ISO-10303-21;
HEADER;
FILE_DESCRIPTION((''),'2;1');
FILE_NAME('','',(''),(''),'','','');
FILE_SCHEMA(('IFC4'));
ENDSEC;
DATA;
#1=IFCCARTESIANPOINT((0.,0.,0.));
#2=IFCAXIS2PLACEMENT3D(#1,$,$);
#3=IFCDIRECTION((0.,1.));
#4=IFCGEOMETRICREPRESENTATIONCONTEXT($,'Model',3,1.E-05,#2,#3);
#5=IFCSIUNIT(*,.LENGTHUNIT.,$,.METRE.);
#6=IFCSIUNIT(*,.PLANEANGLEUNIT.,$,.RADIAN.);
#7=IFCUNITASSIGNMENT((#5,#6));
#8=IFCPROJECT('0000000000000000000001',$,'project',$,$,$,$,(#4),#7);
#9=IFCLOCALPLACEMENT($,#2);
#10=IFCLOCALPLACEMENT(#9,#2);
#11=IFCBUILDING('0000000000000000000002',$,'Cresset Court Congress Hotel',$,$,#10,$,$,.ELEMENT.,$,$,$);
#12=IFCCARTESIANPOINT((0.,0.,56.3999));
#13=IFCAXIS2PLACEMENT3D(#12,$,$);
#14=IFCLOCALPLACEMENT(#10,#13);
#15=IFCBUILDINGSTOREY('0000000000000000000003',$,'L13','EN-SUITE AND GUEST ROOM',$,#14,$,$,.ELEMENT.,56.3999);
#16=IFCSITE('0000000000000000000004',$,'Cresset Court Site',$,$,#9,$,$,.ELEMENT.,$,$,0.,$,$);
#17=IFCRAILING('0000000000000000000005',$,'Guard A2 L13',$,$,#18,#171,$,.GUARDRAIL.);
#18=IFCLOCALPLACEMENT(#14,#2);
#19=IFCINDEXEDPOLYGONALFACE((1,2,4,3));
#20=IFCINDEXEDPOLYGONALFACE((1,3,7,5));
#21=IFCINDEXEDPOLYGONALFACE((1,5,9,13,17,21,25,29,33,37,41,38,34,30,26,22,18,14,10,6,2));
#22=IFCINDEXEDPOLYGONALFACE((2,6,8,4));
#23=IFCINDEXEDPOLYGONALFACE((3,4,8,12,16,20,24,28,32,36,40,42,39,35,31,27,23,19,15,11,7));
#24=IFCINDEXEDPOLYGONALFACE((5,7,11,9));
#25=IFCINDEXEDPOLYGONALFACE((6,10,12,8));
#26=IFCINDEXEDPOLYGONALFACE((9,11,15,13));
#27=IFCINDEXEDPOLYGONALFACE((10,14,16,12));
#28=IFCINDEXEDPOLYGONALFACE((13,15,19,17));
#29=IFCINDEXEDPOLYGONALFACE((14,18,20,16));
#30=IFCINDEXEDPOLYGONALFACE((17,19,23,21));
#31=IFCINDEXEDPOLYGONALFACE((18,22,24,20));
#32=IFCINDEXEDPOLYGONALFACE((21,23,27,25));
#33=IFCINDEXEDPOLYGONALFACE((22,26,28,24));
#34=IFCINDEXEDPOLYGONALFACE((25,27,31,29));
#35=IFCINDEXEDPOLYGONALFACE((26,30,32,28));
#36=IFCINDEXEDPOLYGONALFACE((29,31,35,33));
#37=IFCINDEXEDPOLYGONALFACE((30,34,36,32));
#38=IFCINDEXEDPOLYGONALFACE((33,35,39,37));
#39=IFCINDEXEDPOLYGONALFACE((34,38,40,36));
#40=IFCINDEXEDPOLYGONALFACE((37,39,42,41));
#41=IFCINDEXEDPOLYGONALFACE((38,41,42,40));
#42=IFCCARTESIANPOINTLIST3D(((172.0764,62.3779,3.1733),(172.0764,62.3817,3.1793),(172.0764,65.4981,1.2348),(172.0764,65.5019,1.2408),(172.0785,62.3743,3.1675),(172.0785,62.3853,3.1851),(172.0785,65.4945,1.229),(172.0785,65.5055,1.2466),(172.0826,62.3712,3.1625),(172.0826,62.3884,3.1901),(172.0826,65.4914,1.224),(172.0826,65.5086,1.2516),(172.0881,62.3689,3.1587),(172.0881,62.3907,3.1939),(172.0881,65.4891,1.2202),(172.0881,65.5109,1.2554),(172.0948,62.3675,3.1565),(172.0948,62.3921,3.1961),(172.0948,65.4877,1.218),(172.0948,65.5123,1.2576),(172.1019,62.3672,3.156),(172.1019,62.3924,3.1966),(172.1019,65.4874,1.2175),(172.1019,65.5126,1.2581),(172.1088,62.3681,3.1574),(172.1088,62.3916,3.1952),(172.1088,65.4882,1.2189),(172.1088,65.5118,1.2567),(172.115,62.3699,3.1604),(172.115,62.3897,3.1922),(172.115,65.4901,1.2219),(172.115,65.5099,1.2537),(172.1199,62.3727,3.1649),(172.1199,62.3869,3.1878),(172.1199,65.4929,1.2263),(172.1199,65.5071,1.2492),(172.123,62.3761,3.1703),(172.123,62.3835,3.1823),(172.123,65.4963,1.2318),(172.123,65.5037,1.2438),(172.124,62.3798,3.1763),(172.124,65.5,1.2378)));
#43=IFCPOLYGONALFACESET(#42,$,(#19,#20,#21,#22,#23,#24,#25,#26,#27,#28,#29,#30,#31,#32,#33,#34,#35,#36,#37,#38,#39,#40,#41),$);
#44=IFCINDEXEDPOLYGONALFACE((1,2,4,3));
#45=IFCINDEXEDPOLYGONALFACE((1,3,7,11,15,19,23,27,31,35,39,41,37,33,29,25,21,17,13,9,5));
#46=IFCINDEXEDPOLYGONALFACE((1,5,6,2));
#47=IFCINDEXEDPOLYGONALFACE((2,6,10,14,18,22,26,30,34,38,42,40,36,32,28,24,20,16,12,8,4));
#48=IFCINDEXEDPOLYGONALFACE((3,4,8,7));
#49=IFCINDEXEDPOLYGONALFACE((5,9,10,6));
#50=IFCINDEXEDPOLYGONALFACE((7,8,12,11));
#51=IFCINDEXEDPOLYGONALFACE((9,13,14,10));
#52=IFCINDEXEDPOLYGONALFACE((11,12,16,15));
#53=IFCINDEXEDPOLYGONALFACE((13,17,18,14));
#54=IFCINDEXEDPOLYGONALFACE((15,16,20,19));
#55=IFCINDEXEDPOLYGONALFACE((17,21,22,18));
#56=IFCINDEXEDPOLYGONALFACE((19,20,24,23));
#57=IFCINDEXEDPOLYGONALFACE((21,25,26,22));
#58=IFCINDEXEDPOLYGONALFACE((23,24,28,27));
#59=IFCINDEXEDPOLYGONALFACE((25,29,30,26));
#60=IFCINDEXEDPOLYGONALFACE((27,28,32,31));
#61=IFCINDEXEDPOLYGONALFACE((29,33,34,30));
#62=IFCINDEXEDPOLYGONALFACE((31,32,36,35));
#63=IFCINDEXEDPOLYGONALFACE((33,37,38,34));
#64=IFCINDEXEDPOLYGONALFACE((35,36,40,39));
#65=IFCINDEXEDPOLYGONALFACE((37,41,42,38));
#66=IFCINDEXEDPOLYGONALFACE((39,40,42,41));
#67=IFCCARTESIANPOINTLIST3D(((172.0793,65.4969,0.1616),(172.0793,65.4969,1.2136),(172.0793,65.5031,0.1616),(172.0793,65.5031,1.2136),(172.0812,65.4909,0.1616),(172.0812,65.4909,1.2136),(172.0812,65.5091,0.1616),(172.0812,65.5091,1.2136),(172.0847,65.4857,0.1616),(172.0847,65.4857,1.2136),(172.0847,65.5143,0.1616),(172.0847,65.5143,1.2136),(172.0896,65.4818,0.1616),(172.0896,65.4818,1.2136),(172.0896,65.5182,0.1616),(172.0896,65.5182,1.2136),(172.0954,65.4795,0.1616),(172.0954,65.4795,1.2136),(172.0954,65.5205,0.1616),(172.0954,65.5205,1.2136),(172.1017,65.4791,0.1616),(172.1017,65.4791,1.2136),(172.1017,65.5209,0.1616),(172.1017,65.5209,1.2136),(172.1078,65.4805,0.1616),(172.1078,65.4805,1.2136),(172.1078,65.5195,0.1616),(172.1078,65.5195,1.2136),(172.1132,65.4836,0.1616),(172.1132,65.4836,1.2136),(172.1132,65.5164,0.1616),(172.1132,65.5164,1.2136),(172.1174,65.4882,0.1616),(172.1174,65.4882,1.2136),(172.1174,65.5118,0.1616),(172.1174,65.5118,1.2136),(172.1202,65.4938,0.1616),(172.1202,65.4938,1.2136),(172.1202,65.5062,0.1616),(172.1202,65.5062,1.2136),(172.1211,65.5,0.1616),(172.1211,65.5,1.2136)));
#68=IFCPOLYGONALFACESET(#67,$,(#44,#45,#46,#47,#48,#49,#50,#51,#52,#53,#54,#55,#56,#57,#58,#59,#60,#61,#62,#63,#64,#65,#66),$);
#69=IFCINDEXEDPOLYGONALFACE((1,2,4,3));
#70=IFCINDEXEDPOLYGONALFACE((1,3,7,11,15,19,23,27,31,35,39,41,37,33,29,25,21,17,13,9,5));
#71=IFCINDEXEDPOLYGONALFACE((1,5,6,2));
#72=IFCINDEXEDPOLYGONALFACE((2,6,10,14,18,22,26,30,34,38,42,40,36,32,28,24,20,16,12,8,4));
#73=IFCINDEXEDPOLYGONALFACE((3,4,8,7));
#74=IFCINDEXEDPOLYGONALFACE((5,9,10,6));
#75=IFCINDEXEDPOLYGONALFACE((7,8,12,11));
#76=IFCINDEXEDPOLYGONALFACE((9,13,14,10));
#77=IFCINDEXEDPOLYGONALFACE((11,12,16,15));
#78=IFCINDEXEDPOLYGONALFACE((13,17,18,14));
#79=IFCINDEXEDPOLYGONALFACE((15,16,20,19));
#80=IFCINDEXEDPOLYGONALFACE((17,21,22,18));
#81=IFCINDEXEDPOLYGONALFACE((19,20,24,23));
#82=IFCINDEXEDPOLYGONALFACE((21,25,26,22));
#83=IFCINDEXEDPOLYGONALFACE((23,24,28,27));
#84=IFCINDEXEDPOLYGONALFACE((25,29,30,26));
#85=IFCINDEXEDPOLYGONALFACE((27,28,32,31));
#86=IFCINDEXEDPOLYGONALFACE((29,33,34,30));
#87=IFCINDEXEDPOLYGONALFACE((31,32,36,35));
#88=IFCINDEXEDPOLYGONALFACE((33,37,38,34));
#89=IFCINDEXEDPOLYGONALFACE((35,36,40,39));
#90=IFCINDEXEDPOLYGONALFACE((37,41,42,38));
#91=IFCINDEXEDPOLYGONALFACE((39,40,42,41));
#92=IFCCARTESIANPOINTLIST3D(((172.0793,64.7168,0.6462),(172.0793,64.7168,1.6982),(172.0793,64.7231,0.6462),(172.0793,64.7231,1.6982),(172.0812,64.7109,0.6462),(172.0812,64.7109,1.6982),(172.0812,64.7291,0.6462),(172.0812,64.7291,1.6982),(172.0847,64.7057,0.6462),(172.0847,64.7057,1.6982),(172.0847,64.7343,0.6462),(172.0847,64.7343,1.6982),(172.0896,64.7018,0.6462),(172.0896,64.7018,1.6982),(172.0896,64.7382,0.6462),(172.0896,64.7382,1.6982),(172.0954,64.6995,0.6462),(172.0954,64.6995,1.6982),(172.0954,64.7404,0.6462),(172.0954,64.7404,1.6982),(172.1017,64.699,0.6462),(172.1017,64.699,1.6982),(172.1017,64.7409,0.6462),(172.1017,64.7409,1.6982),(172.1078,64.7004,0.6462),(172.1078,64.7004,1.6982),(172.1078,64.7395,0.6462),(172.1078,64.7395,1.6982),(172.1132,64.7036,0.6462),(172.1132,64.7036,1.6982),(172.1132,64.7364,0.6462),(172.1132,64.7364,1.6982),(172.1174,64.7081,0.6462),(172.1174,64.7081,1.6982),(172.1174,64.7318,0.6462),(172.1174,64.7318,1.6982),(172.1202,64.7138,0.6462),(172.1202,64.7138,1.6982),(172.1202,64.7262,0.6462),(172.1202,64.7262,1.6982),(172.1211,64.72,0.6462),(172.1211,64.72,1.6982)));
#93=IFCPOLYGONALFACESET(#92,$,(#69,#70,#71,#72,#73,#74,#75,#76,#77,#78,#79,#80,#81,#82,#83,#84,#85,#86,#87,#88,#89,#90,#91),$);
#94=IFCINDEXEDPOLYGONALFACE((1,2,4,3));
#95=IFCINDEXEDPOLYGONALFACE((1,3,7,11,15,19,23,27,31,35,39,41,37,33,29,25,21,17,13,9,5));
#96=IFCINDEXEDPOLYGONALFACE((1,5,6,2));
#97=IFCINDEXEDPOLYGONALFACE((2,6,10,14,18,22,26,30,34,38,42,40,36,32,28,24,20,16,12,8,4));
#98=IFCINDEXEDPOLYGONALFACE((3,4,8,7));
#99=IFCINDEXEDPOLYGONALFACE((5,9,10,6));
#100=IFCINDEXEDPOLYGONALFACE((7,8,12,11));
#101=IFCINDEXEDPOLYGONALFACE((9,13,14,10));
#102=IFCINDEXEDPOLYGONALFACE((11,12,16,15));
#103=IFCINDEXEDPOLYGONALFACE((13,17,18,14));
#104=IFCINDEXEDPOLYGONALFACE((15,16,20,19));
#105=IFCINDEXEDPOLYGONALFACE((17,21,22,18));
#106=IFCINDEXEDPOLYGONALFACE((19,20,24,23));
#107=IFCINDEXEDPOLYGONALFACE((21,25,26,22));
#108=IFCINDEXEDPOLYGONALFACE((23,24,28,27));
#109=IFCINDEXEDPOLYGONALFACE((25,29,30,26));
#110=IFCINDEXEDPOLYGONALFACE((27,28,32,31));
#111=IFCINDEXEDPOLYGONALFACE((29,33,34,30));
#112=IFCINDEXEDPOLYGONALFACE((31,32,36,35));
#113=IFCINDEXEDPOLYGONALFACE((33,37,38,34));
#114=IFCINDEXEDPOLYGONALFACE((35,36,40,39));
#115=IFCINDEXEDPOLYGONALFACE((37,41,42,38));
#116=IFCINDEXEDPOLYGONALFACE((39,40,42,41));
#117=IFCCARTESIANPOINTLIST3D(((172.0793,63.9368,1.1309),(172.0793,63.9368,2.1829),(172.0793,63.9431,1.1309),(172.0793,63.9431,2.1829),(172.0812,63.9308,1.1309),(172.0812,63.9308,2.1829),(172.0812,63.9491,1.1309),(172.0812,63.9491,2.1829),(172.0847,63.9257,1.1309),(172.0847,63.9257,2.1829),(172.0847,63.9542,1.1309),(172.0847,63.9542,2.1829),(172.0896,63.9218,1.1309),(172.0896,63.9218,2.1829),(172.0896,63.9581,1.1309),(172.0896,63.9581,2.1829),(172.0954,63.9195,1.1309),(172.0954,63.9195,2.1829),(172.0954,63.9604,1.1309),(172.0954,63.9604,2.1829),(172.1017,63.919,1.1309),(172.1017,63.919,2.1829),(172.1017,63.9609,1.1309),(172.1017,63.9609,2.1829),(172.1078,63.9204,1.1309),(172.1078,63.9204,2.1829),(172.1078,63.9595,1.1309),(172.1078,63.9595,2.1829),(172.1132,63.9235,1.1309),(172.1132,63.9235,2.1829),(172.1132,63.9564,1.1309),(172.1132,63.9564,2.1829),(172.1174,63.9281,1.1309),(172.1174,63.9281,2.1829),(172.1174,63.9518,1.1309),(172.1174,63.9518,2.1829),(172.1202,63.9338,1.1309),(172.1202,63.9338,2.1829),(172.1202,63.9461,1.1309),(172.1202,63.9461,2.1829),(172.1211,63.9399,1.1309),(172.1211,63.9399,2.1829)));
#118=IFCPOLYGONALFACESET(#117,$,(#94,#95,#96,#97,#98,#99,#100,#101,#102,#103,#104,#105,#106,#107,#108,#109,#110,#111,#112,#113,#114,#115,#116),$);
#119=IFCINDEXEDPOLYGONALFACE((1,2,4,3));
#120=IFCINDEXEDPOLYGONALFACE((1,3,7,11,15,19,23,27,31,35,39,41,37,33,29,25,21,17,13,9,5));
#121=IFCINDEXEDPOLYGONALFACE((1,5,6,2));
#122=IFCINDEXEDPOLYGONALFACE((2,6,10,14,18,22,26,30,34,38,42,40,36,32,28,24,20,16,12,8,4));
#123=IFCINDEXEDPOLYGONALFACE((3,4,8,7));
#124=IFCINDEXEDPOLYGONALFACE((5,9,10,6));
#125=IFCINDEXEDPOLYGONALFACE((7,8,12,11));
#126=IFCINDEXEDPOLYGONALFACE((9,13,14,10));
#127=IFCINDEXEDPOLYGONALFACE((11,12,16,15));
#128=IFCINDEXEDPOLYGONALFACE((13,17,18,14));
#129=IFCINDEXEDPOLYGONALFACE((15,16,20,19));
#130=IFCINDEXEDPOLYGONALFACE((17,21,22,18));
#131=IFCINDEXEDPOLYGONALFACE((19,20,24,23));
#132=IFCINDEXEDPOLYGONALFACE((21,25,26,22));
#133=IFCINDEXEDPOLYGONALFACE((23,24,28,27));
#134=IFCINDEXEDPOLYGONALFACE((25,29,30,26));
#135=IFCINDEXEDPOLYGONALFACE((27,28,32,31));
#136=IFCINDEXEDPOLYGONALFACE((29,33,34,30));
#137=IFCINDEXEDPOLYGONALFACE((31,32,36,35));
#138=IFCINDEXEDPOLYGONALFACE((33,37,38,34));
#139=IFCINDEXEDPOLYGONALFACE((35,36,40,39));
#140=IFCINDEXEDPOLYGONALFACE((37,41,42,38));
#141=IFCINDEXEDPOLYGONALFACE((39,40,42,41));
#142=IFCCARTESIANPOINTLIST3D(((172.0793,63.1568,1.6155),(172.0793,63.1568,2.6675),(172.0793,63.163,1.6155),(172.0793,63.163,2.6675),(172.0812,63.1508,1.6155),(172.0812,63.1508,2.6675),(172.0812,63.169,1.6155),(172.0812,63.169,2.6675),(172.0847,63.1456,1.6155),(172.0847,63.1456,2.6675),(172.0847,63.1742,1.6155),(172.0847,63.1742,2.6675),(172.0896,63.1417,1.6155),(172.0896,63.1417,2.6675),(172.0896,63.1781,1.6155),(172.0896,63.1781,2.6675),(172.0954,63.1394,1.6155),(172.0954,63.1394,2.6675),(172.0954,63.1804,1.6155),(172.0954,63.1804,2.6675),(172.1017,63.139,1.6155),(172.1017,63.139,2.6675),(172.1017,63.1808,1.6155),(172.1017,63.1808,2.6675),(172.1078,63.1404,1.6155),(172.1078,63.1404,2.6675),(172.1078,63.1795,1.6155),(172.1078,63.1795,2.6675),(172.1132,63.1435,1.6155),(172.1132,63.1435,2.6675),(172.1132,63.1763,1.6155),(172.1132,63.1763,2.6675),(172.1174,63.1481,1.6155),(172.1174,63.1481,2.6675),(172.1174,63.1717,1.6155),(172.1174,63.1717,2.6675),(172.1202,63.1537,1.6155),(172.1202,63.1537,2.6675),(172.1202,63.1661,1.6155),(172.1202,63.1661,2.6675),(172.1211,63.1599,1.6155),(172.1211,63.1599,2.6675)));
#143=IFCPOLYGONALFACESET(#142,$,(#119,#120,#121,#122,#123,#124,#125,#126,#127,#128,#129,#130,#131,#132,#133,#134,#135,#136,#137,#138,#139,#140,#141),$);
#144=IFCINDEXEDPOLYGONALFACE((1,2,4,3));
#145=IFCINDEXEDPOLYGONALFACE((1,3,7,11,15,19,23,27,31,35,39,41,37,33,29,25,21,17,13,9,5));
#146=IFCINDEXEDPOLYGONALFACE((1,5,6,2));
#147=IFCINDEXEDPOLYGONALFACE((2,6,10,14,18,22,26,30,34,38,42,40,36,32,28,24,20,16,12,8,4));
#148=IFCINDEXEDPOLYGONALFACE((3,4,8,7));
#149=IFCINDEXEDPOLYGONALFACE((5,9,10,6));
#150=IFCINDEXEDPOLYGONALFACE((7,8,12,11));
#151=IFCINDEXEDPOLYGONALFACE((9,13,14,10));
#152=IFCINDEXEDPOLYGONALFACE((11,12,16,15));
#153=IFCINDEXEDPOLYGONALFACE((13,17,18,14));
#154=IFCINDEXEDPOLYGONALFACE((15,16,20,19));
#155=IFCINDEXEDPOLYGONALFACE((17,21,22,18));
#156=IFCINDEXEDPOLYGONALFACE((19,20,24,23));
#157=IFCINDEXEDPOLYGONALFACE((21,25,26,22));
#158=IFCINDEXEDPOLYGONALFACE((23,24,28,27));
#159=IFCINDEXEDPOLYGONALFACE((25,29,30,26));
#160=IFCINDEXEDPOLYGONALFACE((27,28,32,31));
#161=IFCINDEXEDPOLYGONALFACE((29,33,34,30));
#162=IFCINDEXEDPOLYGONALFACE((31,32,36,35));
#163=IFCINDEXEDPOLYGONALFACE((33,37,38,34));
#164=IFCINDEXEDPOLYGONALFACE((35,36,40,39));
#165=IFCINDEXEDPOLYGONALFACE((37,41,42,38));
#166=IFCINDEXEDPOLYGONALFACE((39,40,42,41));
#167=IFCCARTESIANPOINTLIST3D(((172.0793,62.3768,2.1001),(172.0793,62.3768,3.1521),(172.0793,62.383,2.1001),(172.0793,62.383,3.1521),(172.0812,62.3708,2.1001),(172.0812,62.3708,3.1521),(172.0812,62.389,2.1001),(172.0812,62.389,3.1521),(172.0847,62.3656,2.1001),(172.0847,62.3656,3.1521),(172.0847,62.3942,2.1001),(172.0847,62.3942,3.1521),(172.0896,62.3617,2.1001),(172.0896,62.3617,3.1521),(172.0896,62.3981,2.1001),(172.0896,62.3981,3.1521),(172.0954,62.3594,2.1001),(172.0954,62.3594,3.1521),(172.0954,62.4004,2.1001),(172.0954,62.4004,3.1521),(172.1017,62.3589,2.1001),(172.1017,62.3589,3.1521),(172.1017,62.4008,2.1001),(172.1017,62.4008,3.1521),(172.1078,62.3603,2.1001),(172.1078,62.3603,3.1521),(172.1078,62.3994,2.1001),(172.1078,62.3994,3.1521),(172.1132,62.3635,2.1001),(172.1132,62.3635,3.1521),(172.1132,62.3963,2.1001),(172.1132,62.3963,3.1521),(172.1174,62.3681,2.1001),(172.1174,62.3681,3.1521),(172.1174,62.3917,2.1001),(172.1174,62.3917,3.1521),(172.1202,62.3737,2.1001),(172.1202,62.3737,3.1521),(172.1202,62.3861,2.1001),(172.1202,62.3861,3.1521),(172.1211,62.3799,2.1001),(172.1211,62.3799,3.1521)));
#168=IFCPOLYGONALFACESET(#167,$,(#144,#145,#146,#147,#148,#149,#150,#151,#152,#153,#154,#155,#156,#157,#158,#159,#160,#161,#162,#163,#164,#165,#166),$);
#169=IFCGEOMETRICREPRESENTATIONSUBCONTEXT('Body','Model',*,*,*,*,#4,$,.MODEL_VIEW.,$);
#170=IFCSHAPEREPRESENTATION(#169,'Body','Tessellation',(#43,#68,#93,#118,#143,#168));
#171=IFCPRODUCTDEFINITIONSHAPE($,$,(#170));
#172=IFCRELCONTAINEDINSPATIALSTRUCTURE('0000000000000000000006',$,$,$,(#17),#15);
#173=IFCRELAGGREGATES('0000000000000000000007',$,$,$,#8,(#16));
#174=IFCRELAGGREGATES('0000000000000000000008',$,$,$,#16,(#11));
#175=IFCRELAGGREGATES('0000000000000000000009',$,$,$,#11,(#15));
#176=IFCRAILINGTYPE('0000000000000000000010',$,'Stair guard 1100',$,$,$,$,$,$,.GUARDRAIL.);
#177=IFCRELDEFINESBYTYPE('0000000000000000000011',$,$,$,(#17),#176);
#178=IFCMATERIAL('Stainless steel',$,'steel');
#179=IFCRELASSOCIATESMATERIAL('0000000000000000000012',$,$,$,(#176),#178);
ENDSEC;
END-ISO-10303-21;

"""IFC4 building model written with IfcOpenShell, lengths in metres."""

from ifc_helpers import new_model, si_unit, direction, frame, origin, origin_2d, place, context, subcontext, project, spatial, circle, extrude, material, type_object, element, save


model = new_model("IFC4")

# Units and contexts
model_context = context("Model", 3, precision=1e-05, world=origin(), true_north=direction((0.0, 1.0)))
body_context = subcontext(model_context, "Body", "Model", "MODEL_VIEW")
ifc_project = project(units=[si_unit("LENGTHUNIT", "METRE"), si_unit("PLANEANGLEUNIT", "RADIAN")], contexts=[model_context])

# Site, building, storey
site_placement = place(None, origin())
site = spatial("IfcSite", under=ifc_project, at=site_placement, Name="Cresset Court Site", CompositionType="ELEMENT", RefElevation=0.0)
building_placement = place(site_placement, origin())
building = spatial("IfcBuilding", under=site, at=building_placement, Name="Cresset Court Congress Hotel", CompositionType="ELEMENT")
storey_placement = place(building_placement, frame((0.0, 0.0, 56.3999)))
storey = spatial("IfcBuildingStorey", under=building, at=storey_placement, Name="L13", Description="EN-SUITE AND GUEST ROOM", CompositionType="ELEMENT", Elevation=56.3999)

# Railing
ifc_material_1 = material(Name="Stainless steel", Category="steel")
railing_type_1 = type_object("IfcRailingType", Name="Stair guard 1100", PredefinedType="GUARDRAIL", material=ifc_material_1)
railing_1_placement = place(storey_placement, frame((172.1001, 65.5, 0.1616)))
element("IfcRailing", 1, at=railing_1_placement, inside=storey, type_object=railing_type_1, Name="Guard A2 L13", PredefinedType="GUARDRAIL", context=body_context, shape_type="SweptSolid", body=[
    extrude(circle(Radius=0.0239, at=origin_2d()), frame((0.0, 0.0, 1.0762), z_axis=(0.0, -0.849414, 0.527727), x_axis=(1.0, 0.0, 0.0)), (0.0, 0.0, 1.0), 3.6733),
    extrude(circle(Radius=0.021, at=origin_2d()), origin(), (0.0, 0.0, 1.0), 1.052),
    extrude(circle(Radius=0.021, at=origin_2d()), frame((0.0, -0.78, 0.4846)), (0.0, 0.0, 1.0), 1.052),
    extrude(circle(Radius=0.021, at=origin_2d()), frame((0.0, -1.5601, 0.9692)), (0.0, 0.0, 1.0), 1.052),
    extrude(circle(Radius=0.021, at=origin_2d()), frame((0.0, -2.3401, 1.4539)), (0.0, 0.0, 1.0), 1.052),
    extrude(circle(Radius=0.021, at=origin_2d()), frame((0.0, -3.1201, 1.9385)), (0.0, 0.0, 1.0), 1.052),
])

save(model, "model.ifc")
